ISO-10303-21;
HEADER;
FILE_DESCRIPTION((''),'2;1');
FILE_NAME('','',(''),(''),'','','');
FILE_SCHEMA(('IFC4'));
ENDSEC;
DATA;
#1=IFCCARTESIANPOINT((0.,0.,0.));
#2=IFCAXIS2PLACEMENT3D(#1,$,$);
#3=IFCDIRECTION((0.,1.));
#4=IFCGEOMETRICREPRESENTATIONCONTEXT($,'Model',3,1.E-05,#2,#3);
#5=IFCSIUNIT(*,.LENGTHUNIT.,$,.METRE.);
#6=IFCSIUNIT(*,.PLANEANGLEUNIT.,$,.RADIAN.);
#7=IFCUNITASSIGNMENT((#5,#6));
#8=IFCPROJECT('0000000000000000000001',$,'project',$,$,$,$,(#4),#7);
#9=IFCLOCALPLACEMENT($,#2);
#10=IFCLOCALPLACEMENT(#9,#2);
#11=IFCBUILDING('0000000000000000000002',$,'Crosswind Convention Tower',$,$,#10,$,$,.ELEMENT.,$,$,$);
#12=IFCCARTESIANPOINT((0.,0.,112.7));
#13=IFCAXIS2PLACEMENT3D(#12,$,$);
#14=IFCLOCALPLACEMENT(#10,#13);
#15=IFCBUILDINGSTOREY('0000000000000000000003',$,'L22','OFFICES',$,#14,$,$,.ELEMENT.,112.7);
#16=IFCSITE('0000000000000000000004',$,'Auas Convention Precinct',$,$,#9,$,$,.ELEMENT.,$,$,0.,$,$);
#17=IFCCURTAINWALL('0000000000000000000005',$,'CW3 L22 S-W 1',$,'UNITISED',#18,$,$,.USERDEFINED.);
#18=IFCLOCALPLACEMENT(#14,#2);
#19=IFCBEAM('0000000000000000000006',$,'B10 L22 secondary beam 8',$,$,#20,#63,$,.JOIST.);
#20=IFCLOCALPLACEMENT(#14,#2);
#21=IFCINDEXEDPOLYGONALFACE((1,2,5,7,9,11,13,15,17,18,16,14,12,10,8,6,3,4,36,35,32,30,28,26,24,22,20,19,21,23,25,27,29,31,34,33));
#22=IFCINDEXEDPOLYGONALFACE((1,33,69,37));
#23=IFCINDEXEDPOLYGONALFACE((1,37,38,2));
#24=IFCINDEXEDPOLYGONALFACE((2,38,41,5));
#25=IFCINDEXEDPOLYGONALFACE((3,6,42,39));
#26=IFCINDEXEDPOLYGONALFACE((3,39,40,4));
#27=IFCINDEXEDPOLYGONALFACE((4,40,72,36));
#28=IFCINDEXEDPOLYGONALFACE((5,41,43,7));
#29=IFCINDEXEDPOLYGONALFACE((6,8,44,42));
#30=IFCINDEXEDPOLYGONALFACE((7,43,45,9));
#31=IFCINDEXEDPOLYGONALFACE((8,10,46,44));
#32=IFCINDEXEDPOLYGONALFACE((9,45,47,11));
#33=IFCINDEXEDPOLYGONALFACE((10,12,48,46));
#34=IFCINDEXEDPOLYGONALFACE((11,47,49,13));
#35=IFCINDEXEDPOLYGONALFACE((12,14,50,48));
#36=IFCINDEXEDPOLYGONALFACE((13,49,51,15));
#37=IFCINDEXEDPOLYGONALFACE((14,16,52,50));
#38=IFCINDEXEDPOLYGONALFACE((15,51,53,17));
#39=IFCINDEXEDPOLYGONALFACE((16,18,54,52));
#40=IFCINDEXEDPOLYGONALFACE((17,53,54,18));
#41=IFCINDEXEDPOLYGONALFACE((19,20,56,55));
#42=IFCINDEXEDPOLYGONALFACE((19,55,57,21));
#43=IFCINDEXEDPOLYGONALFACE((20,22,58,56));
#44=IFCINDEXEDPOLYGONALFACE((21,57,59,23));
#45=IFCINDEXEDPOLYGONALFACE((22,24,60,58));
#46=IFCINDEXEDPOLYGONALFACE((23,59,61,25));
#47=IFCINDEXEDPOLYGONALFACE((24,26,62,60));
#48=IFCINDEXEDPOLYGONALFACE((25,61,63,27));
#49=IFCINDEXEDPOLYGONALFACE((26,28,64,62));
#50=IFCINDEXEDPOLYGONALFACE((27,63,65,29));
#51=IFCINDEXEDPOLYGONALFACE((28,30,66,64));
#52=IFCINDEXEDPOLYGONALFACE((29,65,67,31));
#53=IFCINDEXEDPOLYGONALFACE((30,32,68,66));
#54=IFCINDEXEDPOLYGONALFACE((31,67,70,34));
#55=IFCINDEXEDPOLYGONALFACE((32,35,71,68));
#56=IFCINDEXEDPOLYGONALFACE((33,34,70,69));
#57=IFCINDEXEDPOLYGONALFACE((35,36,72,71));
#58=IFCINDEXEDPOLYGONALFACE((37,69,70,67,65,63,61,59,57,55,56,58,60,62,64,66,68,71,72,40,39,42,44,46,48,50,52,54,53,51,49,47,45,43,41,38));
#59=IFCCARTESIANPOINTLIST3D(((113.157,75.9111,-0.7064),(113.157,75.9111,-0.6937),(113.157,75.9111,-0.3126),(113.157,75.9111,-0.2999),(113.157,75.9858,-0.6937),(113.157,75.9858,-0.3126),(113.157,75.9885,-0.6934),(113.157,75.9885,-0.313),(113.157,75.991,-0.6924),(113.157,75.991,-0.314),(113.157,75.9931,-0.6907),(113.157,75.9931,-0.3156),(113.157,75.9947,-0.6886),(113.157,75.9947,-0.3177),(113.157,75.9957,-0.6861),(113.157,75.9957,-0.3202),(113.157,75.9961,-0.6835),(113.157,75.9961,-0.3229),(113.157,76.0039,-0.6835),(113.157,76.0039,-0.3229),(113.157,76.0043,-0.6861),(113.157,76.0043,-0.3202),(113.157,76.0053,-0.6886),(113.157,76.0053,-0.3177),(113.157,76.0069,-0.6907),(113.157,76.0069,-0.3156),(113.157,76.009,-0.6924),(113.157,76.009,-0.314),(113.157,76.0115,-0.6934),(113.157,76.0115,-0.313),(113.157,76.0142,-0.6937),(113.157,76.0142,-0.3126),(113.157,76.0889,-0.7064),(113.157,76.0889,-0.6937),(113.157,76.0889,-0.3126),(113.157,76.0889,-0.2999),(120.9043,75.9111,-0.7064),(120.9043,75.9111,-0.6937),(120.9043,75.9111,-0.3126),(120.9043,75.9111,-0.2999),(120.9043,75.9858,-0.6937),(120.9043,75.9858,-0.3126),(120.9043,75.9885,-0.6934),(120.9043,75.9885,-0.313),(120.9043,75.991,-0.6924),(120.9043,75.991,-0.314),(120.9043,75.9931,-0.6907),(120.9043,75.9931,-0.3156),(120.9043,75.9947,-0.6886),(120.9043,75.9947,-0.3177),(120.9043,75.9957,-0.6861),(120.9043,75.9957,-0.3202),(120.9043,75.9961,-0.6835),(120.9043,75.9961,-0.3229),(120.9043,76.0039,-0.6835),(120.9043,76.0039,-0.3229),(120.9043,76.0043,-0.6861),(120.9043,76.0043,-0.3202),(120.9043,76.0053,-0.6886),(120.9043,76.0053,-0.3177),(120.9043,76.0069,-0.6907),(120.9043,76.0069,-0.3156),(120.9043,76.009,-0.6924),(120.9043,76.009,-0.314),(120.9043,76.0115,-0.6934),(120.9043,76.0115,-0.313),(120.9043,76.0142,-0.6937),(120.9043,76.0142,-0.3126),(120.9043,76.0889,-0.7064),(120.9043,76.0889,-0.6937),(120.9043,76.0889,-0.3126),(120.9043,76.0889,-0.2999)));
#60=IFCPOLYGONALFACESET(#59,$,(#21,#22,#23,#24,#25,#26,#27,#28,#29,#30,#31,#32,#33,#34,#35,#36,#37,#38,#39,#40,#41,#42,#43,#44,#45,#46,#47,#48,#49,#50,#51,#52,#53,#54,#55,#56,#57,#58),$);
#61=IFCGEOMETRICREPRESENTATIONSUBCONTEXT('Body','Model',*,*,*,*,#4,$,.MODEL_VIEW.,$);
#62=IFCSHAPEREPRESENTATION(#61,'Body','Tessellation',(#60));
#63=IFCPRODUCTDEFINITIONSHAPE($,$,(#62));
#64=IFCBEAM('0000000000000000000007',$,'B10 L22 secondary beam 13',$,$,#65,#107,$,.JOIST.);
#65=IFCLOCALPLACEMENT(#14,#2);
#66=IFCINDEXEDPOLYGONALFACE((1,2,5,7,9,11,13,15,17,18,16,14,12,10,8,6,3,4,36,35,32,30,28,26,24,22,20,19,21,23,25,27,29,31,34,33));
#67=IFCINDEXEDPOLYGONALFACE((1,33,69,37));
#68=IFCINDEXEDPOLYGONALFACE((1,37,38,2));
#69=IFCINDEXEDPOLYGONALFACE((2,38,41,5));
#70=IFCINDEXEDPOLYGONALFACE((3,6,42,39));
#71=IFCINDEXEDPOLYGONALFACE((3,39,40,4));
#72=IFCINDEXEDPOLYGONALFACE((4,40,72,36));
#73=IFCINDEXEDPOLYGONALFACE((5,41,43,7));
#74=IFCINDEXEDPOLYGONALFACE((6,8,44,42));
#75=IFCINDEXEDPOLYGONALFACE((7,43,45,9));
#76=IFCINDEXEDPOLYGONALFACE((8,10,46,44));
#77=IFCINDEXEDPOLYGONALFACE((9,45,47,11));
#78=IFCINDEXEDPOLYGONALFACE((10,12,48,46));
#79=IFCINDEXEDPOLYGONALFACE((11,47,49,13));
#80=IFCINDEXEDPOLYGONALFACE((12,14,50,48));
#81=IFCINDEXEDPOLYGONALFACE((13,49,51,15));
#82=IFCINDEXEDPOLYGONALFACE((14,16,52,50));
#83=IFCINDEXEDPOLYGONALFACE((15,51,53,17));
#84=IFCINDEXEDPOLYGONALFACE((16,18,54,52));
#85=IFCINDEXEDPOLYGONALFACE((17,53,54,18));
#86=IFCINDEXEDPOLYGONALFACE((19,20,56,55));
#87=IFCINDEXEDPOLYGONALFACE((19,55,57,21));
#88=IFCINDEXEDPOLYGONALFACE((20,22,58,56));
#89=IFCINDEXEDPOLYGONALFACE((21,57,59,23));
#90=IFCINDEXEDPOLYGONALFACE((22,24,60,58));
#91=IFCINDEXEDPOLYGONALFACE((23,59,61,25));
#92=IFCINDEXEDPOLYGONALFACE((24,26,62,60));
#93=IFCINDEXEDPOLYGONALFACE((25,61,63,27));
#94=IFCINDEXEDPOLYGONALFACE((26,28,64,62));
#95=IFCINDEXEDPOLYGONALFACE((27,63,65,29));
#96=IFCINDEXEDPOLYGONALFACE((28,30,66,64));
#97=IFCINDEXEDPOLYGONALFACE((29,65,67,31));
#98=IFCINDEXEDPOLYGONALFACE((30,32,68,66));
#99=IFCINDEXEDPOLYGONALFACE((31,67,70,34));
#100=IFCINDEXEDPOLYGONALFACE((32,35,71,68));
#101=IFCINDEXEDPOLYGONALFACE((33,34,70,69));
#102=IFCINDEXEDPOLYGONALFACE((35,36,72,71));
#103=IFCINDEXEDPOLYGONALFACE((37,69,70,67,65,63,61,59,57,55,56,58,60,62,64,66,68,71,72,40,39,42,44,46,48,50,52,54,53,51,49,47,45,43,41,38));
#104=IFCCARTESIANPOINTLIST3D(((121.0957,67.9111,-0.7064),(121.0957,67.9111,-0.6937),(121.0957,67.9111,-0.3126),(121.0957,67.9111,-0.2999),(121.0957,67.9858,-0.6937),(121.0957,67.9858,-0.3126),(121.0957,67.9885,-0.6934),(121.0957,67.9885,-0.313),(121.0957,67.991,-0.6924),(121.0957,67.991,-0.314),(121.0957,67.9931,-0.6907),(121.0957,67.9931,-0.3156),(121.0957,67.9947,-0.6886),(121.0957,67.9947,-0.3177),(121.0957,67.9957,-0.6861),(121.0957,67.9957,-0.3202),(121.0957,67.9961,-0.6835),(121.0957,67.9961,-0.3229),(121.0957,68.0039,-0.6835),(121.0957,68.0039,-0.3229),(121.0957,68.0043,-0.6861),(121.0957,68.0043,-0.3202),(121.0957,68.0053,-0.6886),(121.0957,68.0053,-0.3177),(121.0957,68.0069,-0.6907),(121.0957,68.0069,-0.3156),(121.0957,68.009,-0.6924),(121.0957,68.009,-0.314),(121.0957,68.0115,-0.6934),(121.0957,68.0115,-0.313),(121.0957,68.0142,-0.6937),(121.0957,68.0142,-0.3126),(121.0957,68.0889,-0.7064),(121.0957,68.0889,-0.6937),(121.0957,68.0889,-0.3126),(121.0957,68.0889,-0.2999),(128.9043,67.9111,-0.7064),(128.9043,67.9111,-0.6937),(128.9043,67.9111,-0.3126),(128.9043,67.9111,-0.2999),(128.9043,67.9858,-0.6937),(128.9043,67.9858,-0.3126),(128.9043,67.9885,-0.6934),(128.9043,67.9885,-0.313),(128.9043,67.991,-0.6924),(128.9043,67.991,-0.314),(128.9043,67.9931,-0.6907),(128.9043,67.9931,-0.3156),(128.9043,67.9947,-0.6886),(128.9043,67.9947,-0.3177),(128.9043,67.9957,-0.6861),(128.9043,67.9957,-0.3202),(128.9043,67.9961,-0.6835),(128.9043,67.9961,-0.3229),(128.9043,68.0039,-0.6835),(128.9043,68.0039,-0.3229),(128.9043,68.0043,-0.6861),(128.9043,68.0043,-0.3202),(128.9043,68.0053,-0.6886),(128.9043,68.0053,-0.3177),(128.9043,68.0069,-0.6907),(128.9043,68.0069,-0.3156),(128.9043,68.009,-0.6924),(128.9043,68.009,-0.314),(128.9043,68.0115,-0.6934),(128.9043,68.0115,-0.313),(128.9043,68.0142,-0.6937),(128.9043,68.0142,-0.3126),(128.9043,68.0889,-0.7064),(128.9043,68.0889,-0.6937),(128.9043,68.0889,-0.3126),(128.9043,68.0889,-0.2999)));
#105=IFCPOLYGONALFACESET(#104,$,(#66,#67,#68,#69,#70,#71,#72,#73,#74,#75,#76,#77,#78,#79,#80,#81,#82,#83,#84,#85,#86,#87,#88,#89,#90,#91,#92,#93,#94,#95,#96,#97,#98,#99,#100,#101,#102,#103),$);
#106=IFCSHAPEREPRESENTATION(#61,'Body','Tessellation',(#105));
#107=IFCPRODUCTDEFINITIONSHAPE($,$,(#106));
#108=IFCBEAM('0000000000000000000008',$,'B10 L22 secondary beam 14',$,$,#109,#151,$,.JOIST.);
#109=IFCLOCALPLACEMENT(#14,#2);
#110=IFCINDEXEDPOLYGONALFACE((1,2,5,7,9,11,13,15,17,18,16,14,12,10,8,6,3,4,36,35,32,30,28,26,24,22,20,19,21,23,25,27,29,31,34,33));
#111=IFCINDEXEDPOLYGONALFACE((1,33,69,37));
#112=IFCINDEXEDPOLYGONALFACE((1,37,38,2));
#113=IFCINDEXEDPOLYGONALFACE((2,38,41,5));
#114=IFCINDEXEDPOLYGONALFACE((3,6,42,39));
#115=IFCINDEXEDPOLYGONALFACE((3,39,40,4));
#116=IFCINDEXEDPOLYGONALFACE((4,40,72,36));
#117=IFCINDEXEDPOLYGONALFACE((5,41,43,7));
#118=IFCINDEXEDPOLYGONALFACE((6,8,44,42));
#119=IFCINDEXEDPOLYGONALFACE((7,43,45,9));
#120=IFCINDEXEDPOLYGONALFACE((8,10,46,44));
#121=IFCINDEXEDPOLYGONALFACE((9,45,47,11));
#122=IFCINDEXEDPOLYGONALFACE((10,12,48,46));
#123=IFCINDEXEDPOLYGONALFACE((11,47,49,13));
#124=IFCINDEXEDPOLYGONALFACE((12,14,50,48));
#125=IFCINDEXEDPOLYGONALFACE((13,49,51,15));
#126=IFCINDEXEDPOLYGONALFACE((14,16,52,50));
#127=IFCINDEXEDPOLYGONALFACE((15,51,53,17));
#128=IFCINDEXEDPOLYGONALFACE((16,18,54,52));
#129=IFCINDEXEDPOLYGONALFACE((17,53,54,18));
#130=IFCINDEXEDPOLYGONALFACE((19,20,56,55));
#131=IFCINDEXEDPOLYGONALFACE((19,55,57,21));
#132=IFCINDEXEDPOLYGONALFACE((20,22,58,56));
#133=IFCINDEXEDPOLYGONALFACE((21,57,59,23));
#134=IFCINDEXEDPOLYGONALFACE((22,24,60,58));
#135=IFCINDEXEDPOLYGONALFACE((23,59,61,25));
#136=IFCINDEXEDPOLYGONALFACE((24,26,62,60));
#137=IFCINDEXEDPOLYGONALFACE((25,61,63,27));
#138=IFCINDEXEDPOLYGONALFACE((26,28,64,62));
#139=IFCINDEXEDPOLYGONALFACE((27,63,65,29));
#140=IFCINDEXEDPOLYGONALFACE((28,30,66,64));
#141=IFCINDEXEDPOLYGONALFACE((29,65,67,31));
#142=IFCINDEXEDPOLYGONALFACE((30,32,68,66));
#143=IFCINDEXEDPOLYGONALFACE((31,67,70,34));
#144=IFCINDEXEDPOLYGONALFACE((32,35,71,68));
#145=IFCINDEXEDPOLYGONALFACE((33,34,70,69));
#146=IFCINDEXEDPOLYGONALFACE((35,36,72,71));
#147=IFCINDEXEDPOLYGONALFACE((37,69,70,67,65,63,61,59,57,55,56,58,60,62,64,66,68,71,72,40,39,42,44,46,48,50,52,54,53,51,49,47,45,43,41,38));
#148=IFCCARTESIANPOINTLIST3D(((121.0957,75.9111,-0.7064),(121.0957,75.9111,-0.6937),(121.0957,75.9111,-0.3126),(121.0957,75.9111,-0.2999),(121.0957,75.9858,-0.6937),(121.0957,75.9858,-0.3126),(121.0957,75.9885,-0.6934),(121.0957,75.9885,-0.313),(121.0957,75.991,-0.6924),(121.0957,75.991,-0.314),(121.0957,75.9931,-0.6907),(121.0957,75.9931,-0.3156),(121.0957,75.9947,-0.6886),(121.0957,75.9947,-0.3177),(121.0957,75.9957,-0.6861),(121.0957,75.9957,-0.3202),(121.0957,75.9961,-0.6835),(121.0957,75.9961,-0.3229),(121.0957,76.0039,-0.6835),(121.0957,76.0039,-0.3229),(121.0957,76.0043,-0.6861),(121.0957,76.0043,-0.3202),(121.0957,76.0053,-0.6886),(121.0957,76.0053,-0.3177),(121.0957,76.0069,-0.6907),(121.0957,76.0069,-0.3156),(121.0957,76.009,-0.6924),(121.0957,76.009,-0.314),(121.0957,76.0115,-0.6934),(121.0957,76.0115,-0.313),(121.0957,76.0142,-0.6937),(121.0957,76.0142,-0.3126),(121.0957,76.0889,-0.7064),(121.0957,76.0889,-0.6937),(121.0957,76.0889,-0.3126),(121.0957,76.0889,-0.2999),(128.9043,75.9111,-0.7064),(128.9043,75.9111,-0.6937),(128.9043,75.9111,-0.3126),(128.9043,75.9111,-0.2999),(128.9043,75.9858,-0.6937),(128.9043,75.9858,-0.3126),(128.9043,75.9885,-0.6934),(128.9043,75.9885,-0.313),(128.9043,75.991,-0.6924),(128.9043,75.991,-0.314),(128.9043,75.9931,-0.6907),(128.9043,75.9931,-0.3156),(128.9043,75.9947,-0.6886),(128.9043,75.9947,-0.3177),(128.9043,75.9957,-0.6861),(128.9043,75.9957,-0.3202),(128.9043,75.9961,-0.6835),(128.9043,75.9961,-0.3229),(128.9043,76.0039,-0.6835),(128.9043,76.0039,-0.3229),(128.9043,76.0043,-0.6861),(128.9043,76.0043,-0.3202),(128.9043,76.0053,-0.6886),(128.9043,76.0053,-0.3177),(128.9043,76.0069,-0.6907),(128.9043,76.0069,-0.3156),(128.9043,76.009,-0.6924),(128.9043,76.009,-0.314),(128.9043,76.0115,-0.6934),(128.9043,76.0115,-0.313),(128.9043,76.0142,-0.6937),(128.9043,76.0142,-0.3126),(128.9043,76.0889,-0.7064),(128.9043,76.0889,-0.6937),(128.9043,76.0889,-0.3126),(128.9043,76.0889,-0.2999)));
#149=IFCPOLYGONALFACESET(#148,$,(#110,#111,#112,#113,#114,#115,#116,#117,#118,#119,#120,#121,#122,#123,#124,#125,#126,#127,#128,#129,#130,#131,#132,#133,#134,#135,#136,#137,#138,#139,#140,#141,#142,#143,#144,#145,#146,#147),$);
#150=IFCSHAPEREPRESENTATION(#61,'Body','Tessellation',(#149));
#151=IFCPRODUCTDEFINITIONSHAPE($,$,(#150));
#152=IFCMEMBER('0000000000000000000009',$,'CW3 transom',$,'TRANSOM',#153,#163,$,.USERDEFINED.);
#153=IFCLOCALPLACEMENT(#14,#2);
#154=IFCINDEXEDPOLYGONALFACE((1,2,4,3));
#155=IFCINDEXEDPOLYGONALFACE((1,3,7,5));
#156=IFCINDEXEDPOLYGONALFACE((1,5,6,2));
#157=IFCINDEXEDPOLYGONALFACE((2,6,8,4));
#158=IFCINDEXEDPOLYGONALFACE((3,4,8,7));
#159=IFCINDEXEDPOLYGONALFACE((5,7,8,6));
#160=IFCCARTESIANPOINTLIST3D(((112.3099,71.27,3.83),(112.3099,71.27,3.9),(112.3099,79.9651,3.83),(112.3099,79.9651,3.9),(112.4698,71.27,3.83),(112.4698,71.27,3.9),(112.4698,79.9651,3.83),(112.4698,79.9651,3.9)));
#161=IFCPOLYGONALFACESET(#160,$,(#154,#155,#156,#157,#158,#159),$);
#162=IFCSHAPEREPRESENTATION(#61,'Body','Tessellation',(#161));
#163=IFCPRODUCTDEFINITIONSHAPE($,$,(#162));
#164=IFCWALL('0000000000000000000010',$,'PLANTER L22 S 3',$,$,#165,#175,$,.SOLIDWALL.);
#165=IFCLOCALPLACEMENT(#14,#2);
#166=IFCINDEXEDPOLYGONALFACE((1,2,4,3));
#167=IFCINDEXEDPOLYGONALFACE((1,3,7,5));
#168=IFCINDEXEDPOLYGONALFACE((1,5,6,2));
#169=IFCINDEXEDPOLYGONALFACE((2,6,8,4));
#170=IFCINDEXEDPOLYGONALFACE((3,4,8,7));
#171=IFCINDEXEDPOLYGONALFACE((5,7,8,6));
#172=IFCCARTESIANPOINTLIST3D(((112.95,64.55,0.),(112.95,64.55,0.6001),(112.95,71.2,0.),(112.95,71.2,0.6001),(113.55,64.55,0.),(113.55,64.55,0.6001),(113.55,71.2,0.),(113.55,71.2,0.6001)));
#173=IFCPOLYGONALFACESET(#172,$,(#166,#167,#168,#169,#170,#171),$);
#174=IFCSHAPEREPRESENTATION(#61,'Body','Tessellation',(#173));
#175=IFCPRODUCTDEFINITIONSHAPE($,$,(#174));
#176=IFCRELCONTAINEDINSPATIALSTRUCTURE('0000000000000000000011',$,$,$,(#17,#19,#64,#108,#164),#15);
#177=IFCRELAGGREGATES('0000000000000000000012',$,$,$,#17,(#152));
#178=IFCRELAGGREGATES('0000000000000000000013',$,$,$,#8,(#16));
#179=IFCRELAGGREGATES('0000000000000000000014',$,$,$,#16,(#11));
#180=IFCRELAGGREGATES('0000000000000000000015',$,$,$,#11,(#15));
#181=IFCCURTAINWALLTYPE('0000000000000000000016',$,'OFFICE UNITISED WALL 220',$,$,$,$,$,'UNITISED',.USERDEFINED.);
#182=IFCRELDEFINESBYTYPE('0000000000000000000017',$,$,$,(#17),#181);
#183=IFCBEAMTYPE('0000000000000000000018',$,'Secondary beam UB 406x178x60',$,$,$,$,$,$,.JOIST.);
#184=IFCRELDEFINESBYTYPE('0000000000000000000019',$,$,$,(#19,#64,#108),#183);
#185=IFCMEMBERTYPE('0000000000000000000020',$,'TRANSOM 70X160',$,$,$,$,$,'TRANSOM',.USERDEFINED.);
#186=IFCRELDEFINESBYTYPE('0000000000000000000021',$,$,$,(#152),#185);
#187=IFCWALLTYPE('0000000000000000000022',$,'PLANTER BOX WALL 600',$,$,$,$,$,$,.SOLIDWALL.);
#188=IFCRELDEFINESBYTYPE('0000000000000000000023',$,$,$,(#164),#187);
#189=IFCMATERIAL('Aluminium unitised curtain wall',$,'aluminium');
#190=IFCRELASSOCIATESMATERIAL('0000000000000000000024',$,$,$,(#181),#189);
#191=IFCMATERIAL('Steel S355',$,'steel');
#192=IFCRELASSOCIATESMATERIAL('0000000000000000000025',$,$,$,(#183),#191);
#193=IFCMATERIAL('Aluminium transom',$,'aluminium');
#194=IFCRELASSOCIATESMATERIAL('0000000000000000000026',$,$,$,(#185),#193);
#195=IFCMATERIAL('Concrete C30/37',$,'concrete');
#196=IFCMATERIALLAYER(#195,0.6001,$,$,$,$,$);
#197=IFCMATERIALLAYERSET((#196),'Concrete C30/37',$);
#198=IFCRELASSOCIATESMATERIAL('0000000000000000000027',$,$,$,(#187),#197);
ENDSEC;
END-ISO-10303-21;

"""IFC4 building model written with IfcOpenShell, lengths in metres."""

from ifc_helpers import new_model, si_unit, direction, frame, frame_2d, origin, origin_2d, place, context, subcontext, project, spatial, rectangle, i_section, extrude, material, layer, layer_set, material_profile, profile_set, type_object, element, aggregate, save


model = new_model("IFC4")

# Units and contexts
model_context = context("Model", 3, precision=1e-05, world=origin(), true_north=direction((0.0, 1.0)))
body_context = subcontext(model_context, "Body", "Model", "MODEL_VIEW")
ifc_project = project(units=[si_unit("LENGTHUNIT", "METRE"), si_unit("PLANEANGLEUNIT", "RADIAN")], contexts=[model_context])

# Site, building, storey
site_placement = place(None, origin())
site = spatial("IfcSite", under=ifc_project, at=site_placement, Name="Auas Convention Precinct", CompositionType="ELEMENT", RefElevation=0.0)
building_placement = place(site_placement, origin())
building = spatial("IfcBuilding", under=site, at=building_placement, Name="Crosswind Convention Tower", CompositionType="ELEMENT")
storey_placement = place(building_placement, frame((0.0, 0.0, 112.7)))
storey = spatial("IfcBuildingStorey", under=building, at=storey_placement, Name="L22", Description="OFFICES", CompositionType="ELEMENT", Elevation=112.7)

# Shared definitions
ifc_material_1 = material(Name="Steel S355", Category="steel")

# Shared definitions
ifc_material_2 = material(Name="Aluminium unitised curtain wall", Category="aluminium")

# Curtain wall
curtain_wall_type_1 = type_object("IfcCurtainWallType", Name="OFFICE UNITISED WALL 220", ElementType="UNITISED", PredefinedType="USERDEFINED", material=ifc_material_2)
curtain_wall_1_placement = place(storey_placement, origin())
curtain_wall_1 = element("IfcCurtainWall", 1, at=curtain_wall_1_placement, inside=storey, type_object=curtain_wall_type_1, Name="CW3 L22 S-W 1", ObjectType="UNITISED", PredefinedType="USERDEFINED")

# Beams
ifc_material_profile_1 = material_profile(ifc_material_1, i_section(OverallWidth=0.1777, OverallDepth=0.4065, WebThickness=0.0078, FlangeThickness=0.0127, FilletRadius=0.0103, at=origin_2d()), Name="UB 406x178x60")
ifc_profile_set_1 = profile_set([ifc_material_profile_1], Name="Steel S355")
beam_type_1 = type_object("IfcBeamType", Name="Secondary beam UB 406x178x60", PredefinedType="JOIST", material=ifc_profile_set_1)
for number, where, z_axis, x_axis, name in (
    (2, (113.157, 76.0, -0.5032), (1.0, 0.0, 0.0), (0.0, 1.0, 0.0), "B10 L22 secondary beam 8"),
):
    element("IfcBeam", number, at=place(storey_placement, frame(where, z_axis=z_axis, x_axis=x_axis)), inside=storey, type_object=beam_type_1, Name=name, PredefinedType="JOIST", context=body_context, shape_type="SweptSolid", body=[
        extrude(i_section(OverallWidth=0.1777, OverallDepth=0.4065, WebThickness=0.0078, FlangeThickness=0.0127, FilletRadius=0.0103, at=origin_2d()), origin(), (0.0, 0.0, 1.0), 7.7473),
    ])
for number, where, z_axis, x_axis, name in (
    (3, (121.0957, 68.0, -0.5032), (1.0, 0.0, 0.0), (0.0, 1.0, 0.0), "B10 L22 secondary beam 13"),
    (4, (121.0957, 76.0, -0.5032), (1.0, 0.0, 0.0), (0.0, 1.0, 0.0), "B10 L22 secondary beam 14"),
):
    element("IfcBeam", number, at=place(storey_placement, frame(where, z_axis=z_axis, x_axis=x_axis)), inside=storey, type_object=beam_type_1, Name=name, PredefinedType="JOIST", context=body_context, shape_type="SweptSolid", body=[
        extrude(i_section(OverallWidth=0.1777, OverallDepth=0.4065, WebThickness=0.0078, FlangeThickness=0.0127, FilletRadius=0.0103, at=origin_2d()), origin(), (0.0, 0.0, 1.0), 7.8086),
    ])

# Member
ifc_material_3 = material(Name="Aluminium transom", Category="aluminium")
ifc_material_profile_2 = material_profile(ifc_material_3, rectangle(XDim=0.1599, YDim=0.0701, at=origin_2d()), Name="AL 160X70")
ifc_profile_set_2 = profile_set([ifc_material_profile_2], Name="Aluminium transom")
member_type_1 = type_object("IfcMemberType", Name="TRANSOM 70X160", ElementType="TRANSOM", PredefinedType="USERDEFINED", material=ifc_profile_set_2)
member_1_placement = place(storey_placement, frame((112.3899, 79.9651, 3.865), z_axis=(0.0, -1.0, 0.0), x_axis=(1.0, 0.0, 0.0)))
member_1 = element("IfcMember", 5, at=member_1_placement, type_object=member_type_1, Name="CW3 transom", ObjectType="TRANSOM", PredefinedType="USERDEFINED", context=body_context, shape_type="SweptSolid", body=[
    extrude(rectangle(XDim=0.1599, YDim=0.0701, at=origin_2d()), origin(), (0.0, 0.0, 1.0), 8.6951),
])
aggregate(curtain_wall_1, [member_1])

# Wall
ifc_material_4 = material(Name="Concrete C30/37", Category="concrete")
ifc_layer_1 = layer(ifc_material_4, 0.6001)
ifc_layer_set_1 = layer_set([ifc_layer_1], Name="Concrete C30/37")
wall_type_1 = type_object("IfcWallType", Name="PLANTER BOX WALL 600", PredefinedType="SOLIDWALL", material=ifc_layer_set_1)
wall_1_placement = place(storey_placement, frame((113.25, 64.55, 0.0), z_axis=(0.0, 0.0, 1.0), x_axis=(0.0, 1.0, 0.0)))
element("IfcWall", 6, at=wall_1_placement, inside=storey, type_object=wall_type_1, Name="PLANTER L22 S 3", PredefinedType="SOLIDWALL", context=body_context, shape_type="SweptSolid", body=[
    extrude(rectangle(XDim=6.6499, YDim=0.6001, at=frame_2d((3.325, 0.0))), origin(), (0.0, 0.0, 1.0), 0.6001),
])

save(model, "model.ifc")
